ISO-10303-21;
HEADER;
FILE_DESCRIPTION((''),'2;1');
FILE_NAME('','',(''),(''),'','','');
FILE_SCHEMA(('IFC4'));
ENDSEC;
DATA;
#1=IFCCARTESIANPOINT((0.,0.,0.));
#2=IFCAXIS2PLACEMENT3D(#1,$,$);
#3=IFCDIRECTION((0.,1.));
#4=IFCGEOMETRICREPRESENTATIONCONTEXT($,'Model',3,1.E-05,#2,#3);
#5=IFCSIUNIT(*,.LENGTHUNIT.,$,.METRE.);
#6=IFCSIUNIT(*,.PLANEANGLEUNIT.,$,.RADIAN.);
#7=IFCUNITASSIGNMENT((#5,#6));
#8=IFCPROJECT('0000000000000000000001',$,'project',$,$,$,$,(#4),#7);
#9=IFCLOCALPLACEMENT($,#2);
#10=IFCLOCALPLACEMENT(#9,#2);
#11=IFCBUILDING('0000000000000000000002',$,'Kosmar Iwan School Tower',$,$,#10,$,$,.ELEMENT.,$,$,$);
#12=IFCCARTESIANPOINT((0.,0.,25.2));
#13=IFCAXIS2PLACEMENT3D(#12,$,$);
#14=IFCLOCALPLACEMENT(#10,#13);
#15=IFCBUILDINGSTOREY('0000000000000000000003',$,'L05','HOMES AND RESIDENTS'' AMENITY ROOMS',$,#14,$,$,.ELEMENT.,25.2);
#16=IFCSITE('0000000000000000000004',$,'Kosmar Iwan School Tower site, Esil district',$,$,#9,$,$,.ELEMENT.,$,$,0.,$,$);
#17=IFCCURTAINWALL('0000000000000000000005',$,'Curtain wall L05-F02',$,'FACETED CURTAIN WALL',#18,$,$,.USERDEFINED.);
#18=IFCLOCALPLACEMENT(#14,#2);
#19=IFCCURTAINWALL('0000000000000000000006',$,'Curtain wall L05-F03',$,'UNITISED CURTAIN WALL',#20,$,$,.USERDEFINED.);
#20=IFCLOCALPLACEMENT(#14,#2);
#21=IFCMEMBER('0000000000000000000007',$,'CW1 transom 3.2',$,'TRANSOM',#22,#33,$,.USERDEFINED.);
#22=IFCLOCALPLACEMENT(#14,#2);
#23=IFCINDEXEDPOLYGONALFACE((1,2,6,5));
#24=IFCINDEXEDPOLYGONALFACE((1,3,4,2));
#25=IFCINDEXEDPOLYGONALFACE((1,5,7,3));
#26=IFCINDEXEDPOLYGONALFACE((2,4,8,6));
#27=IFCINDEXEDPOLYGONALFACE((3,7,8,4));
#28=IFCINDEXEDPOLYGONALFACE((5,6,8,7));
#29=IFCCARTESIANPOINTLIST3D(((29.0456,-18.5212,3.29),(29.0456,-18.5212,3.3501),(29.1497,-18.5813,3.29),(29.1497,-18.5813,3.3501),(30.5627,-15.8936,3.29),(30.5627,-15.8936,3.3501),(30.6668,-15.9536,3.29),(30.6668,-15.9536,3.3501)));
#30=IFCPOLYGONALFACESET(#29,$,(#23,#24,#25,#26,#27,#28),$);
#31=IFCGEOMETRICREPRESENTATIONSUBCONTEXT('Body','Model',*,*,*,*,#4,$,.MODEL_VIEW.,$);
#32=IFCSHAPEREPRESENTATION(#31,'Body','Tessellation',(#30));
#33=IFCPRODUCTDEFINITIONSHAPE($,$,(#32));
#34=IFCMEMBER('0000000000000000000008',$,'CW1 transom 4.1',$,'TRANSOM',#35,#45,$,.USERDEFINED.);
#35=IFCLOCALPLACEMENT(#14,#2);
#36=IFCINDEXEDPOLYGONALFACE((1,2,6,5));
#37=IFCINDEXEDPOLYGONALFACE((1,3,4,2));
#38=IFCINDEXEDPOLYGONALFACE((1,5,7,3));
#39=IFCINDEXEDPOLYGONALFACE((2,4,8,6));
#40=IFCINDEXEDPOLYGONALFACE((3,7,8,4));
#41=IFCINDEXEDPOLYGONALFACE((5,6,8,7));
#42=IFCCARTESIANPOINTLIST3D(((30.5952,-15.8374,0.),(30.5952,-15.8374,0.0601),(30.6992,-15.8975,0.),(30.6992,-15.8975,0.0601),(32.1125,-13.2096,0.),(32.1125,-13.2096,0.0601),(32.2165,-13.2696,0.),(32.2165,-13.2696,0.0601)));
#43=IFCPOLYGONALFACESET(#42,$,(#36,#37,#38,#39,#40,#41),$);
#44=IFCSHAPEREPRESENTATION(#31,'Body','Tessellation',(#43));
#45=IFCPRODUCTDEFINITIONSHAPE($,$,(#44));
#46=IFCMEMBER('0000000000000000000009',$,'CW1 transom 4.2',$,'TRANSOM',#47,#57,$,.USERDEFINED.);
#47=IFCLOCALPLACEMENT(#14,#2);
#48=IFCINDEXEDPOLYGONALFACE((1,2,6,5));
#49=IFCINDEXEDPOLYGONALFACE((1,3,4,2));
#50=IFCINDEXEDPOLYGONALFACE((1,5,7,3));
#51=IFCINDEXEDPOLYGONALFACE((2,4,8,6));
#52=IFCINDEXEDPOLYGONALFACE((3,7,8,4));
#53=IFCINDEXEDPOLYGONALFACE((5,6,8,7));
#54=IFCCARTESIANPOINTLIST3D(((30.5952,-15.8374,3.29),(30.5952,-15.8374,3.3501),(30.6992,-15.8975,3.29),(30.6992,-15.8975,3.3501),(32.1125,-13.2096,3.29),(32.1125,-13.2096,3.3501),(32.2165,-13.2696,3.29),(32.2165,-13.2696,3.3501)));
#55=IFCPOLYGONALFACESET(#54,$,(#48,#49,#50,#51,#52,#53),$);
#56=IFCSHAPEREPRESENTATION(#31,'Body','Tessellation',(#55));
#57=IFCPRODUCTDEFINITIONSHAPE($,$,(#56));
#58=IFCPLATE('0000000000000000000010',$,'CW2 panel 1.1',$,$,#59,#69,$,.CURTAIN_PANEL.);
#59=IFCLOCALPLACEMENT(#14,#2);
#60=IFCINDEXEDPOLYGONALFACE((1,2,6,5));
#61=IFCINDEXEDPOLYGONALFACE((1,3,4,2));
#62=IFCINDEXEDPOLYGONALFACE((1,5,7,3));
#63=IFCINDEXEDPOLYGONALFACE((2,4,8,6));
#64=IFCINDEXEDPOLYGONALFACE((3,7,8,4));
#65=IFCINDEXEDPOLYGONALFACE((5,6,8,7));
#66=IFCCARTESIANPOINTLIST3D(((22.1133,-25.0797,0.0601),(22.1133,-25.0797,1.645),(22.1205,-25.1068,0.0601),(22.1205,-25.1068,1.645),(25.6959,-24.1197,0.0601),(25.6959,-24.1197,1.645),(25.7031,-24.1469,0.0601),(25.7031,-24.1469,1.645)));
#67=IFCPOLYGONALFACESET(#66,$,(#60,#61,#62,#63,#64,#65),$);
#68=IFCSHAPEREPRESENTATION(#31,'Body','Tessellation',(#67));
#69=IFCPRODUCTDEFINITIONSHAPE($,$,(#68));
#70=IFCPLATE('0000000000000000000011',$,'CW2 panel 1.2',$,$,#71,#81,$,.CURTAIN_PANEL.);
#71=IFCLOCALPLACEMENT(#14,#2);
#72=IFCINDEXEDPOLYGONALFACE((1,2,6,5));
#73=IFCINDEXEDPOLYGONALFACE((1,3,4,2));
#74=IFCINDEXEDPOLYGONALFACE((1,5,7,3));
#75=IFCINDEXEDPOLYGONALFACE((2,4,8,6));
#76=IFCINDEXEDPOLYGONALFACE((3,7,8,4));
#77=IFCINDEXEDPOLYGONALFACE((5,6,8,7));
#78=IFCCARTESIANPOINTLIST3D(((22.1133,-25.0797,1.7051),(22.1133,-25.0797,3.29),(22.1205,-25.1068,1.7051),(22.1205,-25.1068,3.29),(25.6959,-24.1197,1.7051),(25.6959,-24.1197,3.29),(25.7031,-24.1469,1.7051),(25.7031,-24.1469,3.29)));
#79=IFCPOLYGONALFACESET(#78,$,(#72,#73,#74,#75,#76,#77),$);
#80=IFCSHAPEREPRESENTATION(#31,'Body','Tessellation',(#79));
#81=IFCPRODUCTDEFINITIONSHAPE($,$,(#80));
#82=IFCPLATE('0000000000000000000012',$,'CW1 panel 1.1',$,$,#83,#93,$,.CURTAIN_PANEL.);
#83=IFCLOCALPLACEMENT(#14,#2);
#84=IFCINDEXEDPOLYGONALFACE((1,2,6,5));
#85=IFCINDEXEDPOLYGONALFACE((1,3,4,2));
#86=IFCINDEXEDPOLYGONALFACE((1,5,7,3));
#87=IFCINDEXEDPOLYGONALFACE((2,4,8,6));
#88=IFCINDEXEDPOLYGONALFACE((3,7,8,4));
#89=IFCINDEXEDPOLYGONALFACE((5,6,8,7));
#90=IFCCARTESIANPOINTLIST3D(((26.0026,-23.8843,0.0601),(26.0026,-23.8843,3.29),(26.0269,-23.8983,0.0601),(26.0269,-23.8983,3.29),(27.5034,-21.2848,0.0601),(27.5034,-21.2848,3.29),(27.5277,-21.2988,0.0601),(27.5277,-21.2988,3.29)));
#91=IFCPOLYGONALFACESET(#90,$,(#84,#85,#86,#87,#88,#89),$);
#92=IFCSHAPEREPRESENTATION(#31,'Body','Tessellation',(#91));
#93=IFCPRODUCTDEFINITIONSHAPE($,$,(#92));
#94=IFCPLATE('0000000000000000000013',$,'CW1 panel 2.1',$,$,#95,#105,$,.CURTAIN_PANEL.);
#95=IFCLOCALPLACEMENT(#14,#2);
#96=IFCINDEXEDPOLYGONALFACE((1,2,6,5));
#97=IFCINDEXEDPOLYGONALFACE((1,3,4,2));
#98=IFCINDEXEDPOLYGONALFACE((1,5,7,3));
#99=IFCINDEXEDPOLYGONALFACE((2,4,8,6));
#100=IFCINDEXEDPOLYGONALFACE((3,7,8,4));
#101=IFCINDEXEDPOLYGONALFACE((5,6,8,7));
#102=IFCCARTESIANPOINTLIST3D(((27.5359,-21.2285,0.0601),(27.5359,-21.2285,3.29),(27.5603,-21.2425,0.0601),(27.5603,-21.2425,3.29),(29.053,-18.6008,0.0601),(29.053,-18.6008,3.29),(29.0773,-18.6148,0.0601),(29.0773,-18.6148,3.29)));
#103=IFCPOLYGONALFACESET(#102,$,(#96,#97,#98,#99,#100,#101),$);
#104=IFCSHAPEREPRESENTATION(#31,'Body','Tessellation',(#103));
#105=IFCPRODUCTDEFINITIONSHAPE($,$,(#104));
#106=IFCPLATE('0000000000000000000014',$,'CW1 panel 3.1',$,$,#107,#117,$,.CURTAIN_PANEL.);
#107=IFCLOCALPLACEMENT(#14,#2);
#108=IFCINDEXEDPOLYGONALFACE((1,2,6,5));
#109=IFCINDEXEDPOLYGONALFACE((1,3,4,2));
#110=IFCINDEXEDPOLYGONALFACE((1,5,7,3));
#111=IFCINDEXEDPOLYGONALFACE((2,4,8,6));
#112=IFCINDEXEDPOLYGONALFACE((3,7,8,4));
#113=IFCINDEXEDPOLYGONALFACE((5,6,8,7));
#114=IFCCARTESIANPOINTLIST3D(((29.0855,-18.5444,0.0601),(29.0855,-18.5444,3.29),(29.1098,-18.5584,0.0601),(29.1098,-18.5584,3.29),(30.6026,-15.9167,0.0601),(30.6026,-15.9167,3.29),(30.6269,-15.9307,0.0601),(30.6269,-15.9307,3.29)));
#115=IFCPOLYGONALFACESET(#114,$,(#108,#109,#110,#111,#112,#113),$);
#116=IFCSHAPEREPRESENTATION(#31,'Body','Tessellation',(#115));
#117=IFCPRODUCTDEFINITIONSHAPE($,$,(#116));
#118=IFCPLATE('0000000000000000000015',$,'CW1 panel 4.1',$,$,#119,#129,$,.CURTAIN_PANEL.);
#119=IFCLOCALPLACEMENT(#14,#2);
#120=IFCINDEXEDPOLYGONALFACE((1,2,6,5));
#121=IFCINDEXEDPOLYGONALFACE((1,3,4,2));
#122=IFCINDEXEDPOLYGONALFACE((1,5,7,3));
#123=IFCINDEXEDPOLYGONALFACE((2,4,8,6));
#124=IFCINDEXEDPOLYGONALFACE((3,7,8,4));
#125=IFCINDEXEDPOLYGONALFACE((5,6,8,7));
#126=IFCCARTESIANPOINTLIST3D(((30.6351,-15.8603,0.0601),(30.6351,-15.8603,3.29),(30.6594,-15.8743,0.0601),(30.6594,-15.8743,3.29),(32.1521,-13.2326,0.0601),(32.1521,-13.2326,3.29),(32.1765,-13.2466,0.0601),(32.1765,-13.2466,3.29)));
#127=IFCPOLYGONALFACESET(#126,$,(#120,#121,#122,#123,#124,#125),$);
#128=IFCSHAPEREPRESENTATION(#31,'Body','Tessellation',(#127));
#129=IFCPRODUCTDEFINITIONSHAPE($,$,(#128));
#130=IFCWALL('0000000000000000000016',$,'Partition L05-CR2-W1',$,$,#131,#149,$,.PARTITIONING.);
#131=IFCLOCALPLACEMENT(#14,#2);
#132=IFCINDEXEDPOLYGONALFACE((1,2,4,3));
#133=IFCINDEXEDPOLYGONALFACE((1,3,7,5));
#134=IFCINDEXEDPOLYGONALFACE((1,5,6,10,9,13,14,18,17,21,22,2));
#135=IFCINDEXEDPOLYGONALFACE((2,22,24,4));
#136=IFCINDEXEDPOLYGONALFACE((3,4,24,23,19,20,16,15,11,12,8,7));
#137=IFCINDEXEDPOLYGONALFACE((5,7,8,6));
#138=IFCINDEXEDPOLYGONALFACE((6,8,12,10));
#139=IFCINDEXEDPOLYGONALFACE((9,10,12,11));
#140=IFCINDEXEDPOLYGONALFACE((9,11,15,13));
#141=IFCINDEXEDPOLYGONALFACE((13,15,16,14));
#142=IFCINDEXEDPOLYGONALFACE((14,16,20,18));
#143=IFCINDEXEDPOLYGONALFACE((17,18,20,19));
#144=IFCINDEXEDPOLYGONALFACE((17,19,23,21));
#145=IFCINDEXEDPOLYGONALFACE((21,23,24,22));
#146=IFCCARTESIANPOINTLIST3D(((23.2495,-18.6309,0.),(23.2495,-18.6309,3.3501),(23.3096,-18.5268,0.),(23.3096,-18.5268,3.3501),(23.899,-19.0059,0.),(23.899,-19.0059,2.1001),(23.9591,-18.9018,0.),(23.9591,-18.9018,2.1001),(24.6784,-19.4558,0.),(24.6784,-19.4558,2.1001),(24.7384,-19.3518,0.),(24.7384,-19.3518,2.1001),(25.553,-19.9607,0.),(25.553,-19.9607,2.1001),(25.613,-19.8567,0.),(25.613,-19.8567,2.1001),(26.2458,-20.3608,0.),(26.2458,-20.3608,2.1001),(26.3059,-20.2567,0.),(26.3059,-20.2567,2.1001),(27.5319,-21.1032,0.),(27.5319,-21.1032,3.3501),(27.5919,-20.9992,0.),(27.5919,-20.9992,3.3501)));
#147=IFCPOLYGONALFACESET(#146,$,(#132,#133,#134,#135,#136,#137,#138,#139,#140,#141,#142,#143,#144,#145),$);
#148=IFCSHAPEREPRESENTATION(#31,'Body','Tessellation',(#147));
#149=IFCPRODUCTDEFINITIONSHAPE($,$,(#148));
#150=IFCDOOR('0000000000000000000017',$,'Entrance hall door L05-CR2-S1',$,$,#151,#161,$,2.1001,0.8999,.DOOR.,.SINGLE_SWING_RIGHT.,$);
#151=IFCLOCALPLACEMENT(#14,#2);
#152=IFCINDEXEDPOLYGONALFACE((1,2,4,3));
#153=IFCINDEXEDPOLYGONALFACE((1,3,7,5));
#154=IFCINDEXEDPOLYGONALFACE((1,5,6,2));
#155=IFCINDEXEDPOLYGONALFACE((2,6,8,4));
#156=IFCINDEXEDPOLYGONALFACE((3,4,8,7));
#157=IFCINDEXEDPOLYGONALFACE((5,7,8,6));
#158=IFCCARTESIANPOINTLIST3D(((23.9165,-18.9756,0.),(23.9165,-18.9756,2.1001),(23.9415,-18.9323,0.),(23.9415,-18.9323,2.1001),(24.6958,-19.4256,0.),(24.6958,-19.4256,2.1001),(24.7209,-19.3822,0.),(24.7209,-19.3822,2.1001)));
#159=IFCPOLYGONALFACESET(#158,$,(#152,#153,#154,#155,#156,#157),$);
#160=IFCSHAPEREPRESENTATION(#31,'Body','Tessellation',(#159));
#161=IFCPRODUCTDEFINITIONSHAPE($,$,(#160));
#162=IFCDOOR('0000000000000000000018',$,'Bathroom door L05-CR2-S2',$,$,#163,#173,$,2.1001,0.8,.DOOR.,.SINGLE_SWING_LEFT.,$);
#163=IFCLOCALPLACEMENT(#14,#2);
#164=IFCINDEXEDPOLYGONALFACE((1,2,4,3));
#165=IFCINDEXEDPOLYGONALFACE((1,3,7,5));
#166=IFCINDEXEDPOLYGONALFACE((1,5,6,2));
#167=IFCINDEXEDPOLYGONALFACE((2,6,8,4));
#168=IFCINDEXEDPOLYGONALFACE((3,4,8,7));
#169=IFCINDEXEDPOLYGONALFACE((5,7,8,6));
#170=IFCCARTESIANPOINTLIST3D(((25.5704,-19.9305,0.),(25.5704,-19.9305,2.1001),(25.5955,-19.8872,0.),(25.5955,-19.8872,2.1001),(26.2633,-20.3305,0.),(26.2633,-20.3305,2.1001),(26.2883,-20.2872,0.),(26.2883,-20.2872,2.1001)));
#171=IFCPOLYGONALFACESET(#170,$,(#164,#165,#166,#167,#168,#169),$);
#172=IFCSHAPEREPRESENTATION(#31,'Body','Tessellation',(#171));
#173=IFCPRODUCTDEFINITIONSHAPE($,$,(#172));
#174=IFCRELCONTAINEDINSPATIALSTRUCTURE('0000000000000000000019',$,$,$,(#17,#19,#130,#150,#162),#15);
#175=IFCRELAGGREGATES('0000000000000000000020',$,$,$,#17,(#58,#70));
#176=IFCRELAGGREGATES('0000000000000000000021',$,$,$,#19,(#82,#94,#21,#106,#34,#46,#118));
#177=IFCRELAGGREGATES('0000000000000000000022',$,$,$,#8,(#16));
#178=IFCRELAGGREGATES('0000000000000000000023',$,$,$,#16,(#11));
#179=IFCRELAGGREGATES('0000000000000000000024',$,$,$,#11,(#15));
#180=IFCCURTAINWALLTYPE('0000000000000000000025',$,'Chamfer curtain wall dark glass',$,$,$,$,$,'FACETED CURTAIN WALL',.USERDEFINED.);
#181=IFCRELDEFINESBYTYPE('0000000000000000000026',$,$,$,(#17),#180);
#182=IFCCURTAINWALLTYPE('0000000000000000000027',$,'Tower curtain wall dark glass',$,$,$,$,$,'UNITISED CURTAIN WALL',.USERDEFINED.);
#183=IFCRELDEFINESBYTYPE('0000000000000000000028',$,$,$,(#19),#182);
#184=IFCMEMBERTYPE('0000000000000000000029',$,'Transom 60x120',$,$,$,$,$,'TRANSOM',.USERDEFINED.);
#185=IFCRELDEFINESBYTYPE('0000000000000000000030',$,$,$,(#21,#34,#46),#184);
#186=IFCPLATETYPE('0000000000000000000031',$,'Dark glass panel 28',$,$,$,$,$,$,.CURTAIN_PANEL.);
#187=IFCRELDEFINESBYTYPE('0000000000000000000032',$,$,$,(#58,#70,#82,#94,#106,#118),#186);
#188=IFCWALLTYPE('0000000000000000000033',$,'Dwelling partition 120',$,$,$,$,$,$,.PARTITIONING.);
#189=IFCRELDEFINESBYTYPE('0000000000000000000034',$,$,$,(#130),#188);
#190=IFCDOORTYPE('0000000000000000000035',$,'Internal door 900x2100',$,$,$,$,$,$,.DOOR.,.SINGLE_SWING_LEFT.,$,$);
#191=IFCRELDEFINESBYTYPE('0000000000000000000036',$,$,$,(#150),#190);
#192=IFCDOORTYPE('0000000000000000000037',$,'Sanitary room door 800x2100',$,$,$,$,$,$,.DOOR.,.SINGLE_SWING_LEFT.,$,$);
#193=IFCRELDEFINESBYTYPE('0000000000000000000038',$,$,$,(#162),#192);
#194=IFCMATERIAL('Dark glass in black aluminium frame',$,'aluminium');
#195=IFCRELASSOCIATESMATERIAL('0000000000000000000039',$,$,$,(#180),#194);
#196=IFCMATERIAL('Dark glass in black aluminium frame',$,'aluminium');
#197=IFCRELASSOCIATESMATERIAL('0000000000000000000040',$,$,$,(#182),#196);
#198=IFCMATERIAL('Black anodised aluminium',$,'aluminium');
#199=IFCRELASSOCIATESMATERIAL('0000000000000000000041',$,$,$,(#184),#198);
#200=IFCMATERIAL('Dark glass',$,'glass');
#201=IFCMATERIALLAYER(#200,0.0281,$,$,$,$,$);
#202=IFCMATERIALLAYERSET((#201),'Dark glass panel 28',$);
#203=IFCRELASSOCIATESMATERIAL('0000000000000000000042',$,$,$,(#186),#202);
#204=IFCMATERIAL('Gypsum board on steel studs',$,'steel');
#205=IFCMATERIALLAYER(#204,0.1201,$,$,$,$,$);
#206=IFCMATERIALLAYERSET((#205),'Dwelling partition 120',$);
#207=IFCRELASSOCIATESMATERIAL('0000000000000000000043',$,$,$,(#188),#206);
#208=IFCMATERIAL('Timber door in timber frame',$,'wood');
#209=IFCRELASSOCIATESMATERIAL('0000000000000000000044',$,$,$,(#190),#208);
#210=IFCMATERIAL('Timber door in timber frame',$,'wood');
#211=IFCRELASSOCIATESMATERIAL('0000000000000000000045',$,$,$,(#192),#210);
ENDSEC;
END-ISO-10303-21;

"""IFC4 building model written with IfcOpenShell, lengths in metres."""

from ifc_helpers import new_model, si_unit, direction, frame, frame_2d, origin, origin_2d, place, context, subcontext, project, spatial, rectangle, extrude, material, layer, layer_set, material_profile, profile_set, type_object, element, fill, aggregate, save


model = new_model("IFC4")

# Units and contexts
model_context = context("Model", 3, precision=1e-05, world=origin(), true_north=direction((0.0, 1.0)))
body_context = subcontext(model_context, "Body", "Model", "MODEL_VIEW")
ifc_project = project(units=[si_unit("LENGTHUNIT", "METRE"), si_unit("PLANEANGLEUNIT", "RADIAN")], contexts=[model_context])

# Site, building, storey
site_placement = place(None, origin())
site = spatial("IfcSite", under=ifc_project, at=site_placement, Name="Kosmar Iwan School Tower site, Esil district", CompositionType="ELEMENT", RefElevation=0.0)
building_placement = place(site_placement, origin())
building = spatial("IfcBuilding", under=site, at=building_placement, Name="Kosmar Iwan School Tower", CompositionType="ELEMENT")
storey_placement = place(building_placement, frame((0.0, 0.0, 25.2)))
storey = spatial("IfcBuildingStorey", under=building, at=storey_placement, Name="L05", Description="HOMES AND RESIDENTS' AMENITY ROOMS", CompositionType="ELEMENT", Elevation=25.2)

# Curtain wall
ifc_material_1 = material(Name="Dark glass in black aluminium frame", Category="aluminium")
curtain_wall_type_1 = type_object("IfcCurtainWallType", Name="Chamfer curtain wall dark glass", ElementType="FACETED CURTAIN WALL", PredefinedType="USERDEFINED", material=ifc_material_1)
curtain_wall_1_placement = place(storey_placement, origin())
curtain_wall_1 = element("IfcCurtainWall", 1, at=curtain_wall_1_placement, inside=storey, type_object=curtain_wall_type_1, Name="Curtain wall L05-F02", ObjectType="FACETED CURTAIN WALL", PredefinedType="USERDEFINED")

# Curtain wall
ifc_material_2 = material(Name="Dark glass in black aluminium frame", Category="aluminium")
curtain_wall_type_2 = type_object("IfcCurtainWallType", Name="Tower curtain wall dark glass", ElementType="UNITISED CURTAIN WALL", PredefinedType="USERDEFINED", material=ifc_material_2)
curtain_wall_2_placement = place(storey_placement, origin())
curtain_wall_2 = element("IfcCurtainWall", 2, at=curtain_wall_2_placement, inside=storey, type_object=curtain_wall_type_2, Name="Curtain wall L05-F03", ObjectType="UNITISED CURTAIN WALL", PredefinedType="USERDEFINED")

# Members
ifc_material_3 = material(Name="Black anodised aluminium", Category="aluminium")
ifc_material_profile_1 = material_profile(ifc_material_3, rectangle(XDim=0.1201, YDim=0.0601, at=origin_2d()), Name="TRANSOM 60x120")
ifc_profile_set_1 = profile_set([ifc_material_profile_1], Name="Black anodised aluminium")
member_type_1 = type_object("IfcMemberType", Name="Transom 60x120", ElementType="TRANSOM", PredefinedType="USERDEFINED", material=ifc_profile_set_1)
member_1_placement = place(storey_placement, frame((29.0977, -18.5513, 3.3201), z_axis=(0.499999, 0.866026, 0.0), x_axis=(-0.866026, 0.499999, 0.0)))
member_1 = element("IfcMember", 3, at=member_1_placement, type_object=member_type_1, Name="CW1 transom 3.2", ObjectType="TRANSOM", PredefinedType="USERDEFINED", context=body_context, shape_type="SweptSolid", body=[
    extrude(rectangle(XDim=0.1201, YDim=0.0601, at=origin_2d()), origin(), (0.0, 0.0, 1.0), 3.0342),
])
member_2_placement = place(storey_placement, frame((30.6472, -15.8674, 0.03), z_axis=(0.500024, 0.866011, 0.0), x_axis=(-0.866011, 0.500024, 0.0)))
member_2 = element("IfcMember", 4, at=member_2_placement, type_object=member_type_1, Name="CW1 transom 4.1", ObjectType="TRANSOM", PredefinedType="USERDEFINED", context=body_context, shape_type="SweptSolid", body=[
    extrude(rectangle(XDim=0.1201, YDim=0.0601, at=origin_2d()), origin(), (0.0, 0.0, 1.0), 3.0344),
])
member_3_placement = place(storey_placement, frame((30.6472, -15.8674, 3.3201), z_axis=(0.500024, 0.866011, 0.0), x_axis=(-0.866011, 0.500024, 0.0)))
member_3 = element("IfcMember", 5, at=member_3_placement, type_object=member_type_1, Name="CW1 transom 4.2", ObjectType="TRANSOM", PredefinedType="USERDEFINED", context=body_context, shape_type="SweptSolid", body=[
    extrude(rectangle(XDim=0.1201, YDim=0.0601, at=origin_2d()), origin(), (0.0, 0.0, 1.0), 3.0344),
])

# Plates
ifc_material_4 = material(Name="Dark glass", Category="glass")
ifc_layer_1 = layer(ifc_material_4, 0.0281)
ifc_layer_set_1 = layer_set([ifc_layer_1], Name="Dark glass panel 28")
plate_type = type_object("IfcPlateType", Name="Dark glass panel 28", PredefinedType="CURTAIN_PANEL", material=ifc_layer_set_1)
plate_1_placement = place(storey_placement, frame((23.9082, -24.6133, 0.0601), z_axis=(0.0, 0.0, 1.0), x_axis=(0.965926, 0.258819, 0.0)))
plate_1 = element("IfcPlate", 6, at=plate_1_placement, type_object=plate_type, Name="CW2 panel 1.1", PredefinedType="CURTAIN_PANEL", context=body_context, shape_type="SweptSolid", body=[
    extrude(rectangle(XDim=3.709, YDim=0.0281, at=origin_2d()), origin(), (0.0, 0.0, 1.0), 1.585),
])
plate_2_placement = place(storey_placement, frame((23.9082, -24.6133, 1.7051), z_axis=(0.0, 0.0, 1.0), x_axis=(0.965926, 0.258819, 0.0)))
plate_2 = element("IfcPlate", 7, at=plate_2_placement, type_object=plate_type, Name="CW2 panel 1.2", PredefinedType="CURTAIN_PANEL", context=body_context, shape_type="SweptSolid", body=[
    extrude(rectangle(XDim=3.709, YDim=0.0281, at=origin_2d()), origin(), (0.0, 0.0, 1.0), 1.585),
])
aggregate(curtain_wall_1, [plate_1, plate_2])
plate_3_placement = place(storey_placement, frame((26.7651, -22.5916, 0.0601), z_axis=(0.0, 0.0, 1.0), x_axis=(0.5, 0.866025, 0.0)))
plate_3 = element("IfcPlate", 8, at=plate_3_placement, type_object=plate_type, Name="CW1 panel 1.1", PredefinedType="CURTAIN_PANEL", context=body_context, shape_type="SweptSolid", body=[
    extrude(rectangle(XDim=3.0017, YDim=0.0281, at=origin_2d()), origin(), (0.0, 0.0, 1.0), 3.23),
])
plate_4_placement = place(storey_placement, frame((28.3066, -19.9216, 0.0601), z_axis=(0.0, 0.0, 1.0), x_axis=(0.5, 0.866025, 0.0)))
plate_4 = element("IfcPlate", 9, at=plate_4_placement, type_object=plate_type, Name="CW1 panel 2.1", PredefinedType="CURTAIN_PANEL", context=body_context, shape_type="SweptSolid", body=[
    extrude(rectangle(XDim=3.0342, YDim=0.0281, at=origin_2d()), origin(), (0.0, 0.0, 1.0), 3.23),
])
plate_5_placement = place(storey_placement, frame((29.8562, -17.2375, 0.0601), z_axis=(0.0, 0.0, 1.0), x_axis=(0.5, 0.866025, 0.0)))
plate_5 = element("IfcPlate", 10, at=plate_5_placement, type_object=plate_type, Name="CW1 panel 3.1", PredefinedType="CURTAIN_PANEL", context=body_context, shape_type="SweptSolid", body=[
    extrude(rectangle(XDim=3.0342, YDim=0.0281, at=origin_2d()), origin(), (0.0, 0.0, 1.0), 3.23),
])
plate_6_placement = place(storey_placement, frame((31.4058, -14.5535, 0.0601), z_axis=(0.0, 0.0, 1.0), x_axis=(0.5, 0.866025, 0.0)))
plate_6 = element("IfcPlate", 11, at=plate_6_placement, type_object=plate_type, Name="CW1 panel 4.1", PredefinedType="CURTAIN_PANEL", context=body_context, shape_type="SweptSolid", body=[
    extrude(rectangle(XDim=3.0342, YDim=0.0281, at=origin_2d()), origin(), (0.0, 0.0, 1.0), 3.23),
])
aggregate(curtain_wall_2, [plate_3, plate_4, member_1, plate_5, member_2, member_3, plate_6])

# Wall, openings, doors
ifc_material_5 = material(Name="Gypsum board on steel studs", Category="steel")
ifc_layer_2 = layer(ifc_material_5, 0.1201)
ifc_layer_set_2 = layer_set([ifc_layer_2], Name="Dwelling partition 120")
wall_type_1 = type_object("IfcWallType", Name="Dwelling partition 120", PredefinedType="PARTITIONING", material=ifc_layer_set_2)
wall_1_placement = place(storey_placement, frame((23.2795, -18.5789, 0.0), z_axis=(0.0, 0.0, 1.0), x_axis=(0.866032, -0.499989, 0.0)))
wall_1 = element("IfcWall", 12, at=wall_1_placement, inside=storey, type_object=wall_type_1, Name="Partition L05-CR2-W1", PredefinedType="PARTITIONING", context=body_context, shape_type="SweptSolid", body=[
    extrude(rectangle(XDim=4.9448, YDim=0.1201, at=frame_2d((2.4724, 0.0))), origin(), (0.0, 0.0, 1.0), 3.3501),
])
opening_1_placement = place(wall_1_placement, frame((0.75, 0.0, 0.0)))
opening_1 = element("IfcOpeningElement", 13, at=opening_1_placement, cuts=wall_1, PredefinedType="OPENING", context=body_context, shape_type="SweptSolid", body=[
    extrude(rectangle(XDim=0.8999, YDim=2.1001, at=frame_2d((0.45, 1.05))), frame((0.0, 0.072, 0.0), z_axis=(0.0, -1.0, 0.0), x_axis=(1.0, 0.0, 0.0)), (0.0, 0.0, 1.0), 0.144),
])
opening_2_placement = place(wall_1_placement, frame((2.6599, 0.0, 0.0)))
opening_2 = element("IfcOpeningElement", 14, at=opening_2_placement, cuts=wall_1, PredefinedType="OPENING", context=body_context, shape_type="SweptSolid", body=[
    extrude(rectangle(XDim=0.8, YDim=2.1001, at=frame_2d((0.3999, 1.05))), frame((0.0, 0.072, 0.0), z_axis=(0.0, -1.0, 0.0), x_axis=(1.0, 0.0, 0.0)), (0.0, 0.0, 1.0), 0.144),
])
ifc_material_6 = material(Name="Timber door in timber frame", Category="wood")
door_type_1 = type_object("IfcDoorType", Name="Internal door 900x2100", OperationType="SINGLE_SWING_LEFT", PredefinedType="DOOR", material=ifc_material_6)
door_1_placement = place(opening_1_placement, origin())
door_1 = element("IfcDoor", 15, at=door_1_placement, inside=storey, type_object=door_type_1, Name="Entrance hall door L05-CR2-S1", OperationType="SINGLE_SWING_RIGHT", OverallHeight=2.1001, OverallWidth=0.8999, PredefinedType="DOOR", context=body_context, shape_type="SweptSolid", body=[
    extrude(rectangle(XDim=0.8999, YDim=2.1001, at=frame_2d((0.45, 1.05))), frame((0.0, 0.0249, 0.0), z_axis=(0.0, -1.0, 0.0), x_axis=(1.0, 0.0, 0.0)), (0.0, 0.0, 1.0), 0.05),
])
fill(opening_1, door_1)
ifc_material_7 = material(Name="Timber door in timber frame", Category="wood")
door_type_2 = type_object("IfcDoorType", Name="Sanitary room door 800x2100", OperationType="SINGLE_SWING_LEFT", PredefinedType="DOOR", material=ifc_material_7)
door_2_placement = place(opening_2_placement, origin())
door_2 = element("IfcDoor", 16, at=door_2_placement, inside=storey, type_object=door_type_2, Name="Bathroom door L05-CR2-S2", OperationType="SINGLE_SWING_LEFT", OverallHeight=2.1001, OverallWidth=0.8, PredefinedType="DOOR", context=body_context, shape_type="SweptSolid", body=[
    extrude(rectangle(XDim=0.8, YDim=2.1001, at=frame_2d((0.3999, 1.05))), frame((0.0, 0.0249, 0.0), z_axis=(0.0, -1.0, 0.0), x_axis=(1.0, 0.0, 0.0)), (0.0, 0.0, 1.0), 0.05),
])
fill(opening_2, door_2)

save(model, "model.ifc")
